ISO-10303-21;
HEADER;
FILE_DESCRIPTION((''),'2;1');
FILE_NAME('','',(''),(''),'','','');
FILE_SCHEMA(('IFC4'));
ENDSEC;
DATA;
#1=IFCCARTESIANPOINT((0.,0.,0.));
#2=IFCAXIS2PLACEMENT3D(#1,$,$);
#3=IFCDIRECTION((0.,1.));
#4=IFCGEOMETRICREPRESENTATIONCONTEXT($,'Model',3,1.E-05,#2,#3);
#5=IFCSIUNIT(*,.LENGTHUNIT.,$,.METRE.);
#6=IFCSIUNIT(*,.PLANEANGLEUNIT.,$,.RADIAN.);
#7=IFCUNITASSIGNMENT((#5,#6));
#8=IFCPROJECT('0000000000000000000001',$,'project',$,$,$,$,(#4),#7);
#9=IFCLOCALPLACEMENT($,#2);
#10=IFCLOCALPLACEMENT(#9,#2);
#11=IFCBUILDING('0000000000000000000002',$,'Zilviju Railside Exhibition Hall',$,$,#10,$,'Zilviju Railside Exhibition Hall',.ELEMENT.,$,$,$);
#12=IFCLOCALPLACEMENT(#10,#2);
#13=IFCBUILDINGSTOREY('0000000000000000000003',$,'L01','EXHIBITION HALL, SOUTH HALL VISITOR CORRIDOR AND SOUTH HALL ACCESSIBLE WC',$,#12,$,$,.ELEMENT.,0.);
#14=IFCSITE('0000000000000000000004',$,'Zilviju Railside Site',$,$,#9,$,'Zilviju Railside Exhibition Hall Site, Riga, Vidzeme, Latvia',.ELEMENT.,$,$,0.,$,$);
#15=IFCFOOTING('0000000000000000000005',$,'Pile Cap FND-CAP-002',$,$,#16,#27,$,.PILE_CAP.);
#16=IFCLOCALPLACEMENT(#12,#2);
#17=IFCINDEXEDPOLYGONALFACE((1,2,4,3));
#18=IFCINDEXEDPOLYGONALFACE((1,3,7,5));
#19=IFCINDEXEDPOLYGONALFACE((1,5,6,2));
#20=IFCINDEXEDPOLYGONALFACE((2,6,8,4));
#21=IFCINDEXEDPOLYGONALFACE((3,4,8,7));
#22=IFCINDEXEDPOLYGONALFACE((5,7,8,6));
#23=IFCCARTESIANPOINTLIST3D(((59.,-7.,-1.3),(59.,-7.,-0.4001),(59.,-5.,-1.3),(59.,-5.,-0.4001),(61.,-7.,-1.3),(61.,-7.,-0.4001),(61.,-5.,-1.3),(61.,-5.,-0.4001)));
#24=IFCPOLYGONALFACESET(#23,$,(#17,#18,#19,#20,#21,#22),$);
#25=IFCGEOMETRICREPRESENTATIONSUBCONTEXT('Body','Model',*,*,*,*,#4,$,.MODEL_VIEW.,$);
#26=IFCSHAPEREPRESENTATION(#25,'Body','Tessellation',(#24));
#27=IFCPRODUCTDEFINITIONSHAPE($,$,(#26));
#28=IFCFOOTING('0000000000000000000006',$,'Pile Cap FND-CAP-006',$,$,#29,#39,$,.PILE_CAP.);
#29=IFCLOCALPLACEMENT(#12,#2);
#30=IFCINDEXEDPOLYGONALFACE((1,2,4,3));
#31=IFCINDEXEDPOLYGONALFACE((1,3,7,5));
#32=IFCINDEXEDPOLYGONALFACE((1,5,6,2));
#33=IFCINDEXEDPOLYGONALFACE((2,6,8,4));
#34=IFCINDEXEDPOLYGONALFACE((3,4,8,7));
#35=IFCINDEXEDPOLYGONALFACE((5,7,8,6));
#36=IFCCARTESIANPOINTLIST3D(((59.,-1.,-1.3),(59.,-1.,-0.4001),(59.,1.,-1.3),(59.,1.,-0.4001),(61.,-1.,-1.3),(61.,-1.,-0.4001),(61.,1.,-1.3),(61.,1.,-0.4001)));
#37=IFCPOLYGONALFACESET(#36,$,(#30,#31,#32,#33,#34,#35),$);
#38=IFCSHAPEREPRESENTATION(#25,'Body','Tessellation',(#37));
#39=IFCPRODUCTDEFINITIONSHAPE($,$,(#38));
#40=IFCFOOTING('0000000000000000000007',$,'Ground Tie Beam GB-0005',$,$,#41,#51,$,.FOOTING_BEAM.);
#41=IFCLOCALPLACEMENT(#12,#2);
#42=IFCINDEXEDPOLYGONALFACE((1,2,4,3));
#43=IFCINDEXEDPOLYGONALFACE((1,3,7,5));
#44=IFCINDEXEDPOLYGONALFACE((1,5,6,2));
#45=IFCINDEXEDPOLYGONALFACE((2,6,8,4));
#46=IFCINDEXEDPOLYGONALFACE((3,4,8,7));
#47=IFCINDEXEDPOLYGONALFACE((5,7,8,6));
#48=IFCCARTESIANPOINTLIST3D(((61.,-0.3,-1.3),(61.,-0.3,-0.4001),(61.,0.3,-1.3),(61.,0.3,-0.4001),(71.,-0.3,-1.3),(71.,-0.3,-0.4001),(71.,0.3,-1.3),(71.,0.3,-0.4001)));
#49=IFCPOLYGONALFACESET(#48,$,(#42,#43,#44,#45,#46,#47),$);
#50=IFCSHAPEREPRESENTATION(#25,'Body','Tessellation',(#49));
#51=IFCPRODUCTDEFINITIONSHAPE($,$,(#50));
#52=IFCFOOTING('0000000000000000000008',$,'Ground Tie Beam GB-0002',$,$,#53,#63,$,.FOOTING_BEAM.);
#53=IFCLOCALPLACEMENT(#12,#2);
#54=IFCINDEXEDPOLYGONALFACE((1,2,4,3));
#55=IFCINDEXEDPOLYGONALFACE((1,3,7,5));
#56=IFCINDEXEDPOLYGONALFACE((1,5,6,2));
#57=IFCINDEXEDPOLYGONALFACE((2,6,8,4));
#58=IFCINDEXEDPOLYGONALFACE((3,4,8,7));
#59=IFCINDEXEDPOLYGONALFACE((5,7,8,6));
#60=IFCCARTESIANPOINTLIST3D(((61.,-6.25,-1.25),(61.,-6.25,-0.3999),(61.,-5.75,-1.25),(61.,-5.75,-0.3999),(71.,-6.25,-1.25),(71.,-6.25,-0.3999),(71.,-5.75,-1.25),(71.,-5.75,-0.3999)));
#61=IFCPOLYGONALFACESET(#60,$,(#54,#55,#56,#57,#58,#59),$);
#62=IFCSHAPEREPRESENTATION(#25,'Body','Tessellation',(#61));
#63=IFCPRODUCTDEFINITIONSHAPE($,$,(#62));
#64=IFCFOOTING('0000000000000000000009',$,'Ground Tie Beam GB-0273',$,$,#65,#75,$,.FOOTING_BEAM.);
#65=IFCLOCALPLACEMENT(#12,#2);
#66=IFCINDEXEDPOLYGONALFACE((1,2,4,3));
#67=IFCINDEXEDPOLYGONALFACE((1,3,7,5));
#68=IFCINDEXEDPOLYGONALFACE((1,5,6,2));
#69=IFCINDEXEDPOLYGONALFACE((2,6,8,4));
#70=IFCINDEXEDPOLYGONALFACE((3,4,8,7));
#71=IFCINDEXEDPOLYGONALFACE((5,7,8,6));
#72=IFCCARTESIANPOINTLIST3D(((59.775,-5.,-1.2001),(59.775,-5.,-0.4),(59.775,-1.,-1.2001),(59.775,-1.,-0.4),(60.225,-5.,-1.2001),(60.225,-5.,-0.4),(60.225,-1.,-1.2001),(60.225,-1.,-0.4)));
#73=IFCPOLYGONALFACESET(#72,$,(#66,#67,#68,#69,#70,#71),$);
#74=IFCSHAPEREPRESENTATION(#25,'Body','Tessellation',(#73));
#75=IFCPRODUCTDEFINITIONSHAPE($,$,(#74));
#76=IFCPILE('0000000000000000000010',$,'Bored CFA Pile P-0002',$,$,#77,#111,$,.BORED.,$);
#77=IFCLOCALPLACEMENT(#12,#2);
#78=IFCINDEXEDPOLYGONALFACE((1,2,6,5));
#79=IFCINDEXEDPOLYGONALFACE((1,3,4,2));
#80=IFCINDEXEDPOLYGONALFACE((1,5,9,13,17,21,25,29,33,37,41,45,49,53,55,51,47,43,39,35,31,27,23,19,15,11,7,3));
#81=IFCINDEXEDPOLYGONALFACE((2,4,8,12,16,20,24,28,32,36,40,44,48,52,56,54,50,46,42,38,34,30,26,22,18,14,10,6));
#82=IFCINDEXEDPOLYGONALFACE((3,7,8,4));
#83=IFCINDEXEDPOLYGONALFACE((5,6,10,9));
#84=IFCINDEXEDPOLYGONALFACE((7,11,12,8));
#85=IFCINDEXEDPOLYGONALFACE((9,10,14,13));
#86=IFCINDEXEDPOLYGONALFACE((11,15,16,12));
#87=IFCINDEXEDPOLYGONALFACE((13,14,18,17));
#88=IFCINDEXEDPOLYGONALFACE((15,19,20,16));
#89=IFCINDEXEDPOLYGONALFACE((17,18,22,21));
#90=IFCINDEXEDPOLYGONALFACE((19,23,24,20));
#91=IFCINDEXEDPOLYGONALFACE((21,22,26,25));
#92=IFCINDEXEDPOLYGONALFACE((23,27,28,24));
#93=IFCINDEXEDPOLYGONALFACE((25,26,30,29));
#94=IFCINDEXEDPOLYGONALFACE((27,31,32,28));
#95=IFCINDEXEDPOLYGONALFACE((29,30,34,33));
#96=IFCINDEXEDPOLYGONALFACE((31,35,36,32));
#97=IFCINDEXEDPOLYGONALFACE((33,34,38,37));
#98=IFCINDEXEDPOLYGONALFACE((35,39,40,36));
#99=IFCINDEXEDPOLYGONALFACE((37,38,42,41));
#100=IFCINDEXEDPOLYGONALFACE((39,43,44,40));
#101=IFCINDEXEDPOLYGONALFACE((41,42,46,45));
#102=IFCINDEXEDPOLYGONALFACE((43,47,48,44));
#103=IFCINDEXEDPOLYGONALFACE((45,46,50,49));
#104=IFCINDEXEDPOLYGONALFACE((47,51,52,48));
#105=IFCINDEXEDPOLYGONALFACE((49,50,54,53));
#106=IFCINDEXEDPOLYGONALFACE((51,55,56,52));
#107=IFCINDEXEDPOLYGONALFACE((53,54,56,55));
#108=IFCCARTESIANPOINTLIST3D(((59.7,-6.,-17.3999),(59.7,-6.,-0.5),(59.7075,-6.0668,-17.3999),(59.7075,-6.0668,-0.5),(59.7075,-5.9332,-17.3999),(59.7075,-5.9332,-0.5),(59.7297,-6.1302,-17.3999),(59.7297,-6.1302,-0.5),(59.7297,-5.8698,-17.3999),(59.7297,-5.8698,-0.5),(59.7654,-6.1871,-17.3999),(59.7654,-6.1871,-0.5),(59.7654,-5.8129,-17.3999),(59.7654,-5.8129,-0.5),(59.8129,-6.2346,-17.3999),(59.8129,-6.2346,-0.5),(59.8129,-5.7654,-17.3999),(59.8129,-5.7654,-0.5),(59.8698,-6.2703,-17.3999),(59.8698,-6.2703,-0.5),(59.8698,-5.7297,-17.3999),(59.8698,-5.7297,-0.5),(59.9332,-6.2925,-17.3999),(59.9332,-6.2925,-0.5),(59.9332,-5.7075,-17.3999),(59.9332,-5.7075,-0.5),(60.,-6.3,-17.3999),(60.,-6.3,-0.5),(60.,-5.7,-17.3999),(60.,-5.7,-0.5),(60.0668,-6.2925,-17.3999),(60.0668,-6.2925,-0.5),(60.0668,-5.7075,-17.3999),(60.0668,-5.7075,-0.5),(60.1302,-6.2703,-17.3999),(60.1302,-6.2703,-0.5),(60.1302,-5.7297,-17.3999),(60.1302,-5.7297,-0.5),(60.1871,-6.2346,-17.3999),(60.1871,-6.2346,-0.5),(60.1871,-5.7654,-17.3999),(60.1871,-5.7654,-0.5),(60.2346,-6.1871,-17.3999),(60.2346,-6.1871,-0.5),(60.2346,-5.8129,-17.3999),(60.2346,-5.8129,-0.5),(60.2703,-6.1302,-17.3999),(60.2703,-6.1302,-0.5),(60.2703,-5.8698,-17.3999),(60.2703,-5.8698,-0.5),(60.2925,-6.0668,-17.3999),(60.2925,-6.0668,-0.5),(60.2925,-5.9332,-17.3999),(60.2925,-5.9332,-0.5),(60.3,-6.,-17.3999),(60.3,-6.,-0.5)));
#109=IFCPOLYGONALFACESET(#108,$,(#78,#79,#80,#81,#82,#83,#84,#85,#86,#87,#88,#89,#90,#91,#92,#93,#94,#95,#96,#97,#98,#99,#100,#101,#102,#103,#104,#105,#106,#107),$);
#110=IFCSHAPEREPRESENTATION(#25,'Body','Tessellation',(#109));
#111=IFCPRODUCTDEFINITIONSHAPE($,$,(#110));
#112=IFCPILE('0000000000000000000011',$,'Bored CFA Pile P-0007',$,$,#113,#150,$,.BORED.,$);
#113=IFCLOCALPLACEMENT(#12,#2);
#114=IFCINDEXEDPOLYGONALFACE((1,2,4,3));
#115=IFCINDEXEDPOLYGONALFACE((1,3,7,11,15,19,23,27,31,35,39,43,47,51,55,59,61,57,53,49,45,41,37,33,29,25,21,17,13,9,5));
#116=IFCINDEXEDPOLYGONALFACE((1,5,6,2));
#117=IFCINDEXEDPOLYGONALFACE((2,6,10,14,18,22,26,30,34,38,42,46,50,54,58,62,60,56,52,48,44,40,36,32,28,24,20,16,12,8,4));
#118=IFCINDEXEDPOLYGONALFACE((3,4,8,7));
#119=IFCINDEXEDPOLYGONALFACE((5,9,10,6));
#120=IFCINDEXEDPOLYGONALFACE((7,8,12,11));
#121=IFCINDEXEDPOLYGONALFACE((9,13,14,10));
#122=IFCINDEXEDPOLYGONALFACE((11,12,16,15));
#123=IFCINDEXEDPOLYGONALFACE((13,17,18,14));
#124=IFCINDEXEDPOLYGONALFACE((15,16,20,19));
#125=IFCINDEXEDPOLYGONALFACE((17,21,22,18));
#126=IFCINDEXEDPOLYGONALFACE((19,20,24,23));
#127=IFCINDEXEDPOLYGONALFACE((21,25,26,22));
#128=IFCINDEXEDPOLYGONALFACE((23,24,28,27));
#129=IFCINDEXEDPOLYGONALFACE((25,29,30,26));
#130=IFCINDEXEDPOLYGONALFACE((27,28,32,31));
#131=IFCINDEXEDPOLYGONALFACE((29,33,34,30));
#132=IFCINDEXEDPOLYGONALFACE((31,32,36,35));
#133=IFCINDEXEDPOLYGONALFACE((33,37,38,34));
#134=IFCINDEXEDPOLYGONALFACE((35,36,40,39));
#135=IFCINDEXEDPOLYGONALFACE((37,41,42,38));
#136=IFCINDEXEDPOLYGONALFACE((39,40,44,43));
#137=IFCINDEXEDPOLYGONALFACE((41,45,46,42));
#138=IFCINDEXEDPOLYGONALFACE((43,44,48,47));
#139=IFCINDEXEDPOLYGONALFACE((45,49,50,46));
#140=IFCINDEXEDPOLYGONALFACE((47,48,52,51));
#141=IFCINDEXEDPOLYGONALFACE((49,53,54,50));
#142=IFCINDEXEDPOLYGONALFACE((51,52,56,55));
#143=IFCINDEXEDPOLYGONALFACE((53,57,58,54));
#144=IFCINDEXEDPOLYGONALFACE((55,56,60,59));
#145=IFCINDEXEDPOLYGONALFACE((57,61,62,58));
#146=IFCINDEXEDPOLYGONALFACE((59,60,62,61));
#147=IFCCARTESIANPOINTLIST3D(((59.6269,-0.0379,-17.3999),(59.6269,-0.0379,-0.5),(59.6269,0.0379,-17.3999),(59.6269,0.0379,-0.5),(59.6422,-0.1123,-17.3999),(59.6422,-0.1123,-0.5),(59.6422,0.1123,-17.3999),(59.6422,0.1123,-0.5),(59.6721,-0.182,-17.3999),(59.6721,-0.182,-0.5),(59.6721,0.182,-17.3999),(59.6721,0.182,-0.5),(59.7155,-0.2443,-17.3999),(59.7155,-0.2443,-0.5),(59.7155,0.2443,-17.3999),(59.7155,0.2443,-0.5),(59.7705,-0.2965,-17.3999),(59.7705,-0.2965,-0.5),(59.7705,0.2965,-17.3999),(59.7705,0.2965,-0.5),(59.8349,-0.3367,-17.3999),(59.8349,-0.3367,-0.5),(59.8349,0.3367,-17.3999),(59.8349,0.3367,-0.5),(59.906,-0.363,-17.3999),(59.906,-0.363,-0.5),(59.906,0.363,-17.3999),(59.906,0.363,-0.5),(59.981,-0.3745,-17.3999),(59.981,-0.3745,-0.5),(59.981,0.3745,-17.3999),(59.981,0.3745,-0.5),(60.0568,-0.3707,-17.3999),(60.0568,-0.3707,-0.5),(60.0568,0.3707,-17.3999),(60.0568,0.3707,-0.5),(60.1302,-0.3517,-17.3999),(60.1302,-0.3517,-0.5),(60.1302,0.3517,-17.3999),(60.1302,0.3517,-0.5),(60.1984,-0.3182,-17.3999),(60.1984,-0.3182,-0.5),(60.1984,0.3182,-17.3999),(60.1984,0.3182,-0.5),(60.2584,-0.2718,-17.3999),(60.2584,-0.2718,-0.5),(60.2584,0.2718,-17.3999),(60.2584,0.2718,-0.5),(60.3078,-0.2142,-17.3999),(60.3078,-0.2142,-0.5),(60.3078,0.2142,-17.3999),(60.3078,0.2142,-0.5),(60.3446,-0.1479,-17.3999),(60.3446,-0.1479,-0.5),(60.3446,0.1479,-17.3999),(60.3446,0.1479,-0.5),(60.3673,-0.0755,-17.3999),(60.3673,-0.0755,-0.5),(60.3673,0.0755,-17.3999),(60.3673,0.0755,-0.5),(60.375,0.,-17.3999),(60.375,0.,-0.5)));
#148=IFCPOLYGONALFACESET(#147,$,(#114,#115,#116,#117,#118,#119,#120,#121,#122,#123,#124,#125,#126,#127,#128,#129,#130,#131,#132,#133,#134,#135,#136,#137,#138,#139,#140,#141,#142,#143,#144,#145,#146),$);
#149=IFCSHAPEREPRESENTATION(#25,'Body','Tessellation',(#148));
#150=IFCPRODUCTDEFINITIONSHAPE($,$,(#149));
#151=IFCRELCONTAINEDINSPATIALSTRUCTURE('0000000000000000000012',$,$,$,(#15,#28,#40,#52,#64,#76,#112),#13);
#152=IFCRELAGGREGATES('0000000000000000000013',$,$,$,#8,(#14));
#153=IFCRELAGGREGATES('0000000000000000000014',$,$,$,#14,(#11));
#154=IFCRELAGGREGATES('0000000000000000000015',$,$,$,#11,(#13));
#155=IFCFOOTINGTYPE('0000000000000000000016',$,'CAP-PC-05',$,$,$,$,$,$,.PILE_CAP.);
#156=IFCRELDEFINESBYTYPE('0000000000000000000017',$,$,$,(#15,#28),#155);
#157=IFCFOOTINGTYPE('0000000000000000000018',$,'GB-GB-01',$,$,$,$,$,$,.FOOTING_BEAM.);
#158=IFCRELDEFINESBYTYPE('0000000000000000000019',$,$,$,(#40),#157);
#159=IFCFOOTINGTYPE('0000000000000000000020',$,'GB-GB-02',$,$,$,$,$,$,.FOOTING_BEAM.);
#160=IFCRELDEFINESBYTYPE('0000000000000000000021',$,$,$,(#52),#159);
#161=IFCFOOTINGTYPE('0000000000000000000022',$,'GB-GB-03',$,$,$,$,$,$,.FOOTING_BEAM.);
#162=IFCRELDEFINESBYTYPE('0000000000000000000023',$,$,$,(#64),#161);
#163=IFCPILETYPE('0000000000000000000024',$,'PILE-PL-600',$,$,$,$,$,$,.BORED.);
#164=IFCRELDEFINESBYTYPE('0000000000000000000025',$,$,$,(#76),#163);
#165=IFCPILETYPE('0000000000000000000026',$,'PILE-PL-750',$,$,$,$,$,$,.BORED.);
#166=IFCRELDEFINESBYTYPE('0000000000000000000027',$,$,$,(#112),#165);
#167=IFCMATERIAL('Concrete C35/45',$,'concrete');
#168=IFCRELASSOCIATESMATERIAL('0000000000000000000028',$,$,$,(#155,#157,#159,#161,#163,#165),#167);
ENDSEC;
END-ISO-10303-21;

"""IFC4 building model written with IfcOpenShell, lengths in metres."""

from ifc_helpers import new_model, si_unit, direction, frame, origin, origin_2d, place, context, subcontext, project, spatial, rectangle, circle, extrude, material, material_profile, profile_set, type_object, element, save


model = new_model("IFC4")

# Units and contexts
model_context = context("Model", 3, precision=1e-05, world=origin(), true_north=direction((0.0, 1.0)))
body_context = subcontext(model_context, "Body", "Model", "MODEL_VIEW")
ifc_project = project(units=[si_unit("LENGTHUNIT", "METRE"), si_unit("PLANEANGLEUNIT", "RADIAN")], contexts=[model_context])

# Site, building, storey
site_placement = place(None, origin())
site = spatial("IfcSite", under=ifc_project, at=site_placement, Name="Zilviju Railside Site", LongName="Zilviju Railside Exhibition Hall Site, Riga, Vidzeme, Latvia", CompositionType="ELEMENT", RefElevation=0.0)
building_placement = place(site_placement, origin())
building = spatial("IfcBuilding", under=site, at=building_placement, Name="Zilviju Railside Exhibition Hall", LongName="Zilviju Railside Exhibition Hall", CompositionType="ELEMENT")
storey_placement = place(building_placement, origin())
storey = spatial("IfcBuildingStorey", under=building, at=storey_placement, Name="L01", Description="EXHIBITION HALL, SOUTH HALL VISITOR CORRIDOR AND SOUTH HALL ACCESSIBLE WC", CompositionType="ELEMENT", Elevation=0.0)

# Footings
ifc_material_1 = material(Name="Concrete C35/45", Category="concrete")
footing_type_1 = type_object("IfcFootingType", Name="CAP-PC-05", PredefinedType="PILE_CAP", material=ifc_material_1)
for number, where, z_axis, x_axis, name in (
    (1, (60.0, -6.0, -1.3), (0.0, 0.0, 1.0), (1.0, 0.0, 0.0), "Pile Cap FND-CAP-002"),
    (2, (60.0, 0.0, -1.3), (0.0, 0.0, 1.0), (1.0, 0.0, 0.0), "Pile Cap FND-CAP-006"),
):
    element("IfcFooting", number, at=place(storey_placement, frame(where, z_axis=z_axis, x_axis=x_axis)), inside=storey, type_object=footing_type_1, Name=name, PredefinedType="PILE_CAP", context=body_context, shape_type="SweptSolid", body=[
        extrude(rectangle(XDim=2.0, YDim=2.0, at=origin_2d()), origin(), (0.0, 0.0, 1.0), 0.8999),
    ])
ifc_material_profile_1 = material_profile(ifc_material_1, rectangle(XDim=0.6001, YDim=0.8999, at=origin_2d()), Name="TIE BEAM 600x900")
ifc_profile_set_1 = profile_set([ifc_material_profile_1], Name="Concrete C35/45")
footing_type_2 = type_object("IfcFootingType", Name="GB-GB-01", PredefinedType="FOOTING_BEAM", material=ifc_profile_set_1)
footing_1_placement = place(storey_placement, frame((61.0, 0.0, -0.8501), z_axis=(1.0, 0.0, 0.0), x_axis=(0.0, 1.0, 0.0)))
element("IfcFooting", 3, at=footing_1_placement, inside=storey, type_object=footing_type_2, Name="Ground Tie Beam GB-0005", PredefinedType="FOOTING_BEAM", context=body_context, shape_type="SweptSolid", body=[
    extrude(rectangle(XDim=0.6001, YDim=0.8999, at=origin_2d()), origin(), (0.0, 0.0, 1.0), 10.0),
])
ifc_material_profile_2 = material_profile(ifc_material_1, rectangle(XDim=0.5, YDim=0.8501, at=origin_2d()), Name="TIE BEAM 500x850")
ifc_profile_set_2 = profile_set([ifc_material_profile_2], Name="Concrete C35/45")
footing_type_3 = type_object("IfcFootingType", Name="GB-GB-02", PredefinedType="FOOTING_BEAM", material=ifc_profile_set_2)
footing_2_placement = place(storey_placement, frame((61.0, -6.0, -0.825), z_axis=(1.0, 0.0, 0.0), x_axis=(0.0, 1.0, 0.0)))
element("IfcFooting", 4, at=footing_2_placement, inside=storey, type_object=footing_type_3, Name="Ground Tie Beam GB-0002", PredefinedType="FOOTING_BEAM", context=body_context, shape_type="SweptSolid", body=[
    extrude(rectangle(XDim=0.5, YDim=0.8501, at=origin_2d()), origin(), (0.0, 0.0, 1.0), 10.0),
])
ifc_material_profile_3 = material_profile(ifc_material_1, rectangle(XDim=0.45, YDim=0.8, at=origin_2d()), Name="TIE BEAM 450x800")
ifc_profile_set_3 = profile_set([ifc_material_profile_3], Name="Concrete C35/45")
footing_type_4 = type_object("IfcFootingType", Name="GB-GB-03", PredefinedType="FOOTING_BEAM", material=ifc_profile_set_3)
footing_3_placement = place(storey_placement, frame((60.0, -5.0, -0.8), z_axis=(0.0, 1.0, 0.0), x_axis=(-1.0, 0.0, 0.0)))
element("IfcFooting", 5, at=footing_3_placement, inside=storey, type_object=footing_type_4, Name="Ground Tie Beam GB-0273", PredefinedType="FOOTING_BEAM", context=body_context, shape_type="SweptSolid", body=[
    extrude(rectangle(XDim=0.45, YDim=0.8, at=origin_2d()), origin(), (0.0, 0.0, 1.0), 4.0),
])

# Piles
ifc_material_profile_4 = material_profile(ifc_material_1, circle(Radius=0.3, at=origin_2d()), Name="CFA PILE D600")
ifc_profile_set_4 = profile_set([ifc_material_profile_4], Name="Concrete C35/45")
pile_type_1 = type_object("IfcPileType", Name="PILE-PL-600", PredefinedType="BORED", material=ifc_profile_set_4)
pile_1_placement = place(storey_placement, frame((60.0, -6.0, -0.5), z_axis=(0.0, 0.0, -1.0), x_axis=(1.0, 0.0, 0.0)))
element("IfcPile", 6, at=pile_1_placement, inside=storey, type_object=pile_type_1, Name="Bored CFA Pile P-0002", PredefinedType="BORED", context=body_context, shape_type="SweptSolid", body=[
    extrude(circle(Radius=0.3, at=origin_2d()), origin(), (0.0, 0.0, 1.0), 16.8999),
])
ifc_material_profile_5 = material_profile(ifc_material_1, circle(Radius=0.375, at=origin_2d()), Name="CFA PILE D750")
ifc_profile_set_5 = profile_set([ifc_material_profile_5], Name="Concrete C35/45")
pile_type_2 = type_object("IfcPileType", Name="PILE-PL-750", PredefinedType="BORED", material=ifc_profile_set_5)
pile_2_placement = place(storey_placement, frame((60.0, 0.0, -0.5), z_axis=(0.0, 0.0, -1.0), x_axis=(1.0, 0.0, 0.0)))
element("IfcPile", 7, at=pile_2_placement, inside=storey, type_object=pile_type_2, Name="Bored CFA Pile P-0007", PredefinedType="BORED", context=body_context, shape_type="SweptSolid", body=[
    extrude(circle(Radius=0.375, at=origin_2d()), origin(), (0.0, 0.0, 1.0), 16.8999),
])

save(model, "model.ifc")
